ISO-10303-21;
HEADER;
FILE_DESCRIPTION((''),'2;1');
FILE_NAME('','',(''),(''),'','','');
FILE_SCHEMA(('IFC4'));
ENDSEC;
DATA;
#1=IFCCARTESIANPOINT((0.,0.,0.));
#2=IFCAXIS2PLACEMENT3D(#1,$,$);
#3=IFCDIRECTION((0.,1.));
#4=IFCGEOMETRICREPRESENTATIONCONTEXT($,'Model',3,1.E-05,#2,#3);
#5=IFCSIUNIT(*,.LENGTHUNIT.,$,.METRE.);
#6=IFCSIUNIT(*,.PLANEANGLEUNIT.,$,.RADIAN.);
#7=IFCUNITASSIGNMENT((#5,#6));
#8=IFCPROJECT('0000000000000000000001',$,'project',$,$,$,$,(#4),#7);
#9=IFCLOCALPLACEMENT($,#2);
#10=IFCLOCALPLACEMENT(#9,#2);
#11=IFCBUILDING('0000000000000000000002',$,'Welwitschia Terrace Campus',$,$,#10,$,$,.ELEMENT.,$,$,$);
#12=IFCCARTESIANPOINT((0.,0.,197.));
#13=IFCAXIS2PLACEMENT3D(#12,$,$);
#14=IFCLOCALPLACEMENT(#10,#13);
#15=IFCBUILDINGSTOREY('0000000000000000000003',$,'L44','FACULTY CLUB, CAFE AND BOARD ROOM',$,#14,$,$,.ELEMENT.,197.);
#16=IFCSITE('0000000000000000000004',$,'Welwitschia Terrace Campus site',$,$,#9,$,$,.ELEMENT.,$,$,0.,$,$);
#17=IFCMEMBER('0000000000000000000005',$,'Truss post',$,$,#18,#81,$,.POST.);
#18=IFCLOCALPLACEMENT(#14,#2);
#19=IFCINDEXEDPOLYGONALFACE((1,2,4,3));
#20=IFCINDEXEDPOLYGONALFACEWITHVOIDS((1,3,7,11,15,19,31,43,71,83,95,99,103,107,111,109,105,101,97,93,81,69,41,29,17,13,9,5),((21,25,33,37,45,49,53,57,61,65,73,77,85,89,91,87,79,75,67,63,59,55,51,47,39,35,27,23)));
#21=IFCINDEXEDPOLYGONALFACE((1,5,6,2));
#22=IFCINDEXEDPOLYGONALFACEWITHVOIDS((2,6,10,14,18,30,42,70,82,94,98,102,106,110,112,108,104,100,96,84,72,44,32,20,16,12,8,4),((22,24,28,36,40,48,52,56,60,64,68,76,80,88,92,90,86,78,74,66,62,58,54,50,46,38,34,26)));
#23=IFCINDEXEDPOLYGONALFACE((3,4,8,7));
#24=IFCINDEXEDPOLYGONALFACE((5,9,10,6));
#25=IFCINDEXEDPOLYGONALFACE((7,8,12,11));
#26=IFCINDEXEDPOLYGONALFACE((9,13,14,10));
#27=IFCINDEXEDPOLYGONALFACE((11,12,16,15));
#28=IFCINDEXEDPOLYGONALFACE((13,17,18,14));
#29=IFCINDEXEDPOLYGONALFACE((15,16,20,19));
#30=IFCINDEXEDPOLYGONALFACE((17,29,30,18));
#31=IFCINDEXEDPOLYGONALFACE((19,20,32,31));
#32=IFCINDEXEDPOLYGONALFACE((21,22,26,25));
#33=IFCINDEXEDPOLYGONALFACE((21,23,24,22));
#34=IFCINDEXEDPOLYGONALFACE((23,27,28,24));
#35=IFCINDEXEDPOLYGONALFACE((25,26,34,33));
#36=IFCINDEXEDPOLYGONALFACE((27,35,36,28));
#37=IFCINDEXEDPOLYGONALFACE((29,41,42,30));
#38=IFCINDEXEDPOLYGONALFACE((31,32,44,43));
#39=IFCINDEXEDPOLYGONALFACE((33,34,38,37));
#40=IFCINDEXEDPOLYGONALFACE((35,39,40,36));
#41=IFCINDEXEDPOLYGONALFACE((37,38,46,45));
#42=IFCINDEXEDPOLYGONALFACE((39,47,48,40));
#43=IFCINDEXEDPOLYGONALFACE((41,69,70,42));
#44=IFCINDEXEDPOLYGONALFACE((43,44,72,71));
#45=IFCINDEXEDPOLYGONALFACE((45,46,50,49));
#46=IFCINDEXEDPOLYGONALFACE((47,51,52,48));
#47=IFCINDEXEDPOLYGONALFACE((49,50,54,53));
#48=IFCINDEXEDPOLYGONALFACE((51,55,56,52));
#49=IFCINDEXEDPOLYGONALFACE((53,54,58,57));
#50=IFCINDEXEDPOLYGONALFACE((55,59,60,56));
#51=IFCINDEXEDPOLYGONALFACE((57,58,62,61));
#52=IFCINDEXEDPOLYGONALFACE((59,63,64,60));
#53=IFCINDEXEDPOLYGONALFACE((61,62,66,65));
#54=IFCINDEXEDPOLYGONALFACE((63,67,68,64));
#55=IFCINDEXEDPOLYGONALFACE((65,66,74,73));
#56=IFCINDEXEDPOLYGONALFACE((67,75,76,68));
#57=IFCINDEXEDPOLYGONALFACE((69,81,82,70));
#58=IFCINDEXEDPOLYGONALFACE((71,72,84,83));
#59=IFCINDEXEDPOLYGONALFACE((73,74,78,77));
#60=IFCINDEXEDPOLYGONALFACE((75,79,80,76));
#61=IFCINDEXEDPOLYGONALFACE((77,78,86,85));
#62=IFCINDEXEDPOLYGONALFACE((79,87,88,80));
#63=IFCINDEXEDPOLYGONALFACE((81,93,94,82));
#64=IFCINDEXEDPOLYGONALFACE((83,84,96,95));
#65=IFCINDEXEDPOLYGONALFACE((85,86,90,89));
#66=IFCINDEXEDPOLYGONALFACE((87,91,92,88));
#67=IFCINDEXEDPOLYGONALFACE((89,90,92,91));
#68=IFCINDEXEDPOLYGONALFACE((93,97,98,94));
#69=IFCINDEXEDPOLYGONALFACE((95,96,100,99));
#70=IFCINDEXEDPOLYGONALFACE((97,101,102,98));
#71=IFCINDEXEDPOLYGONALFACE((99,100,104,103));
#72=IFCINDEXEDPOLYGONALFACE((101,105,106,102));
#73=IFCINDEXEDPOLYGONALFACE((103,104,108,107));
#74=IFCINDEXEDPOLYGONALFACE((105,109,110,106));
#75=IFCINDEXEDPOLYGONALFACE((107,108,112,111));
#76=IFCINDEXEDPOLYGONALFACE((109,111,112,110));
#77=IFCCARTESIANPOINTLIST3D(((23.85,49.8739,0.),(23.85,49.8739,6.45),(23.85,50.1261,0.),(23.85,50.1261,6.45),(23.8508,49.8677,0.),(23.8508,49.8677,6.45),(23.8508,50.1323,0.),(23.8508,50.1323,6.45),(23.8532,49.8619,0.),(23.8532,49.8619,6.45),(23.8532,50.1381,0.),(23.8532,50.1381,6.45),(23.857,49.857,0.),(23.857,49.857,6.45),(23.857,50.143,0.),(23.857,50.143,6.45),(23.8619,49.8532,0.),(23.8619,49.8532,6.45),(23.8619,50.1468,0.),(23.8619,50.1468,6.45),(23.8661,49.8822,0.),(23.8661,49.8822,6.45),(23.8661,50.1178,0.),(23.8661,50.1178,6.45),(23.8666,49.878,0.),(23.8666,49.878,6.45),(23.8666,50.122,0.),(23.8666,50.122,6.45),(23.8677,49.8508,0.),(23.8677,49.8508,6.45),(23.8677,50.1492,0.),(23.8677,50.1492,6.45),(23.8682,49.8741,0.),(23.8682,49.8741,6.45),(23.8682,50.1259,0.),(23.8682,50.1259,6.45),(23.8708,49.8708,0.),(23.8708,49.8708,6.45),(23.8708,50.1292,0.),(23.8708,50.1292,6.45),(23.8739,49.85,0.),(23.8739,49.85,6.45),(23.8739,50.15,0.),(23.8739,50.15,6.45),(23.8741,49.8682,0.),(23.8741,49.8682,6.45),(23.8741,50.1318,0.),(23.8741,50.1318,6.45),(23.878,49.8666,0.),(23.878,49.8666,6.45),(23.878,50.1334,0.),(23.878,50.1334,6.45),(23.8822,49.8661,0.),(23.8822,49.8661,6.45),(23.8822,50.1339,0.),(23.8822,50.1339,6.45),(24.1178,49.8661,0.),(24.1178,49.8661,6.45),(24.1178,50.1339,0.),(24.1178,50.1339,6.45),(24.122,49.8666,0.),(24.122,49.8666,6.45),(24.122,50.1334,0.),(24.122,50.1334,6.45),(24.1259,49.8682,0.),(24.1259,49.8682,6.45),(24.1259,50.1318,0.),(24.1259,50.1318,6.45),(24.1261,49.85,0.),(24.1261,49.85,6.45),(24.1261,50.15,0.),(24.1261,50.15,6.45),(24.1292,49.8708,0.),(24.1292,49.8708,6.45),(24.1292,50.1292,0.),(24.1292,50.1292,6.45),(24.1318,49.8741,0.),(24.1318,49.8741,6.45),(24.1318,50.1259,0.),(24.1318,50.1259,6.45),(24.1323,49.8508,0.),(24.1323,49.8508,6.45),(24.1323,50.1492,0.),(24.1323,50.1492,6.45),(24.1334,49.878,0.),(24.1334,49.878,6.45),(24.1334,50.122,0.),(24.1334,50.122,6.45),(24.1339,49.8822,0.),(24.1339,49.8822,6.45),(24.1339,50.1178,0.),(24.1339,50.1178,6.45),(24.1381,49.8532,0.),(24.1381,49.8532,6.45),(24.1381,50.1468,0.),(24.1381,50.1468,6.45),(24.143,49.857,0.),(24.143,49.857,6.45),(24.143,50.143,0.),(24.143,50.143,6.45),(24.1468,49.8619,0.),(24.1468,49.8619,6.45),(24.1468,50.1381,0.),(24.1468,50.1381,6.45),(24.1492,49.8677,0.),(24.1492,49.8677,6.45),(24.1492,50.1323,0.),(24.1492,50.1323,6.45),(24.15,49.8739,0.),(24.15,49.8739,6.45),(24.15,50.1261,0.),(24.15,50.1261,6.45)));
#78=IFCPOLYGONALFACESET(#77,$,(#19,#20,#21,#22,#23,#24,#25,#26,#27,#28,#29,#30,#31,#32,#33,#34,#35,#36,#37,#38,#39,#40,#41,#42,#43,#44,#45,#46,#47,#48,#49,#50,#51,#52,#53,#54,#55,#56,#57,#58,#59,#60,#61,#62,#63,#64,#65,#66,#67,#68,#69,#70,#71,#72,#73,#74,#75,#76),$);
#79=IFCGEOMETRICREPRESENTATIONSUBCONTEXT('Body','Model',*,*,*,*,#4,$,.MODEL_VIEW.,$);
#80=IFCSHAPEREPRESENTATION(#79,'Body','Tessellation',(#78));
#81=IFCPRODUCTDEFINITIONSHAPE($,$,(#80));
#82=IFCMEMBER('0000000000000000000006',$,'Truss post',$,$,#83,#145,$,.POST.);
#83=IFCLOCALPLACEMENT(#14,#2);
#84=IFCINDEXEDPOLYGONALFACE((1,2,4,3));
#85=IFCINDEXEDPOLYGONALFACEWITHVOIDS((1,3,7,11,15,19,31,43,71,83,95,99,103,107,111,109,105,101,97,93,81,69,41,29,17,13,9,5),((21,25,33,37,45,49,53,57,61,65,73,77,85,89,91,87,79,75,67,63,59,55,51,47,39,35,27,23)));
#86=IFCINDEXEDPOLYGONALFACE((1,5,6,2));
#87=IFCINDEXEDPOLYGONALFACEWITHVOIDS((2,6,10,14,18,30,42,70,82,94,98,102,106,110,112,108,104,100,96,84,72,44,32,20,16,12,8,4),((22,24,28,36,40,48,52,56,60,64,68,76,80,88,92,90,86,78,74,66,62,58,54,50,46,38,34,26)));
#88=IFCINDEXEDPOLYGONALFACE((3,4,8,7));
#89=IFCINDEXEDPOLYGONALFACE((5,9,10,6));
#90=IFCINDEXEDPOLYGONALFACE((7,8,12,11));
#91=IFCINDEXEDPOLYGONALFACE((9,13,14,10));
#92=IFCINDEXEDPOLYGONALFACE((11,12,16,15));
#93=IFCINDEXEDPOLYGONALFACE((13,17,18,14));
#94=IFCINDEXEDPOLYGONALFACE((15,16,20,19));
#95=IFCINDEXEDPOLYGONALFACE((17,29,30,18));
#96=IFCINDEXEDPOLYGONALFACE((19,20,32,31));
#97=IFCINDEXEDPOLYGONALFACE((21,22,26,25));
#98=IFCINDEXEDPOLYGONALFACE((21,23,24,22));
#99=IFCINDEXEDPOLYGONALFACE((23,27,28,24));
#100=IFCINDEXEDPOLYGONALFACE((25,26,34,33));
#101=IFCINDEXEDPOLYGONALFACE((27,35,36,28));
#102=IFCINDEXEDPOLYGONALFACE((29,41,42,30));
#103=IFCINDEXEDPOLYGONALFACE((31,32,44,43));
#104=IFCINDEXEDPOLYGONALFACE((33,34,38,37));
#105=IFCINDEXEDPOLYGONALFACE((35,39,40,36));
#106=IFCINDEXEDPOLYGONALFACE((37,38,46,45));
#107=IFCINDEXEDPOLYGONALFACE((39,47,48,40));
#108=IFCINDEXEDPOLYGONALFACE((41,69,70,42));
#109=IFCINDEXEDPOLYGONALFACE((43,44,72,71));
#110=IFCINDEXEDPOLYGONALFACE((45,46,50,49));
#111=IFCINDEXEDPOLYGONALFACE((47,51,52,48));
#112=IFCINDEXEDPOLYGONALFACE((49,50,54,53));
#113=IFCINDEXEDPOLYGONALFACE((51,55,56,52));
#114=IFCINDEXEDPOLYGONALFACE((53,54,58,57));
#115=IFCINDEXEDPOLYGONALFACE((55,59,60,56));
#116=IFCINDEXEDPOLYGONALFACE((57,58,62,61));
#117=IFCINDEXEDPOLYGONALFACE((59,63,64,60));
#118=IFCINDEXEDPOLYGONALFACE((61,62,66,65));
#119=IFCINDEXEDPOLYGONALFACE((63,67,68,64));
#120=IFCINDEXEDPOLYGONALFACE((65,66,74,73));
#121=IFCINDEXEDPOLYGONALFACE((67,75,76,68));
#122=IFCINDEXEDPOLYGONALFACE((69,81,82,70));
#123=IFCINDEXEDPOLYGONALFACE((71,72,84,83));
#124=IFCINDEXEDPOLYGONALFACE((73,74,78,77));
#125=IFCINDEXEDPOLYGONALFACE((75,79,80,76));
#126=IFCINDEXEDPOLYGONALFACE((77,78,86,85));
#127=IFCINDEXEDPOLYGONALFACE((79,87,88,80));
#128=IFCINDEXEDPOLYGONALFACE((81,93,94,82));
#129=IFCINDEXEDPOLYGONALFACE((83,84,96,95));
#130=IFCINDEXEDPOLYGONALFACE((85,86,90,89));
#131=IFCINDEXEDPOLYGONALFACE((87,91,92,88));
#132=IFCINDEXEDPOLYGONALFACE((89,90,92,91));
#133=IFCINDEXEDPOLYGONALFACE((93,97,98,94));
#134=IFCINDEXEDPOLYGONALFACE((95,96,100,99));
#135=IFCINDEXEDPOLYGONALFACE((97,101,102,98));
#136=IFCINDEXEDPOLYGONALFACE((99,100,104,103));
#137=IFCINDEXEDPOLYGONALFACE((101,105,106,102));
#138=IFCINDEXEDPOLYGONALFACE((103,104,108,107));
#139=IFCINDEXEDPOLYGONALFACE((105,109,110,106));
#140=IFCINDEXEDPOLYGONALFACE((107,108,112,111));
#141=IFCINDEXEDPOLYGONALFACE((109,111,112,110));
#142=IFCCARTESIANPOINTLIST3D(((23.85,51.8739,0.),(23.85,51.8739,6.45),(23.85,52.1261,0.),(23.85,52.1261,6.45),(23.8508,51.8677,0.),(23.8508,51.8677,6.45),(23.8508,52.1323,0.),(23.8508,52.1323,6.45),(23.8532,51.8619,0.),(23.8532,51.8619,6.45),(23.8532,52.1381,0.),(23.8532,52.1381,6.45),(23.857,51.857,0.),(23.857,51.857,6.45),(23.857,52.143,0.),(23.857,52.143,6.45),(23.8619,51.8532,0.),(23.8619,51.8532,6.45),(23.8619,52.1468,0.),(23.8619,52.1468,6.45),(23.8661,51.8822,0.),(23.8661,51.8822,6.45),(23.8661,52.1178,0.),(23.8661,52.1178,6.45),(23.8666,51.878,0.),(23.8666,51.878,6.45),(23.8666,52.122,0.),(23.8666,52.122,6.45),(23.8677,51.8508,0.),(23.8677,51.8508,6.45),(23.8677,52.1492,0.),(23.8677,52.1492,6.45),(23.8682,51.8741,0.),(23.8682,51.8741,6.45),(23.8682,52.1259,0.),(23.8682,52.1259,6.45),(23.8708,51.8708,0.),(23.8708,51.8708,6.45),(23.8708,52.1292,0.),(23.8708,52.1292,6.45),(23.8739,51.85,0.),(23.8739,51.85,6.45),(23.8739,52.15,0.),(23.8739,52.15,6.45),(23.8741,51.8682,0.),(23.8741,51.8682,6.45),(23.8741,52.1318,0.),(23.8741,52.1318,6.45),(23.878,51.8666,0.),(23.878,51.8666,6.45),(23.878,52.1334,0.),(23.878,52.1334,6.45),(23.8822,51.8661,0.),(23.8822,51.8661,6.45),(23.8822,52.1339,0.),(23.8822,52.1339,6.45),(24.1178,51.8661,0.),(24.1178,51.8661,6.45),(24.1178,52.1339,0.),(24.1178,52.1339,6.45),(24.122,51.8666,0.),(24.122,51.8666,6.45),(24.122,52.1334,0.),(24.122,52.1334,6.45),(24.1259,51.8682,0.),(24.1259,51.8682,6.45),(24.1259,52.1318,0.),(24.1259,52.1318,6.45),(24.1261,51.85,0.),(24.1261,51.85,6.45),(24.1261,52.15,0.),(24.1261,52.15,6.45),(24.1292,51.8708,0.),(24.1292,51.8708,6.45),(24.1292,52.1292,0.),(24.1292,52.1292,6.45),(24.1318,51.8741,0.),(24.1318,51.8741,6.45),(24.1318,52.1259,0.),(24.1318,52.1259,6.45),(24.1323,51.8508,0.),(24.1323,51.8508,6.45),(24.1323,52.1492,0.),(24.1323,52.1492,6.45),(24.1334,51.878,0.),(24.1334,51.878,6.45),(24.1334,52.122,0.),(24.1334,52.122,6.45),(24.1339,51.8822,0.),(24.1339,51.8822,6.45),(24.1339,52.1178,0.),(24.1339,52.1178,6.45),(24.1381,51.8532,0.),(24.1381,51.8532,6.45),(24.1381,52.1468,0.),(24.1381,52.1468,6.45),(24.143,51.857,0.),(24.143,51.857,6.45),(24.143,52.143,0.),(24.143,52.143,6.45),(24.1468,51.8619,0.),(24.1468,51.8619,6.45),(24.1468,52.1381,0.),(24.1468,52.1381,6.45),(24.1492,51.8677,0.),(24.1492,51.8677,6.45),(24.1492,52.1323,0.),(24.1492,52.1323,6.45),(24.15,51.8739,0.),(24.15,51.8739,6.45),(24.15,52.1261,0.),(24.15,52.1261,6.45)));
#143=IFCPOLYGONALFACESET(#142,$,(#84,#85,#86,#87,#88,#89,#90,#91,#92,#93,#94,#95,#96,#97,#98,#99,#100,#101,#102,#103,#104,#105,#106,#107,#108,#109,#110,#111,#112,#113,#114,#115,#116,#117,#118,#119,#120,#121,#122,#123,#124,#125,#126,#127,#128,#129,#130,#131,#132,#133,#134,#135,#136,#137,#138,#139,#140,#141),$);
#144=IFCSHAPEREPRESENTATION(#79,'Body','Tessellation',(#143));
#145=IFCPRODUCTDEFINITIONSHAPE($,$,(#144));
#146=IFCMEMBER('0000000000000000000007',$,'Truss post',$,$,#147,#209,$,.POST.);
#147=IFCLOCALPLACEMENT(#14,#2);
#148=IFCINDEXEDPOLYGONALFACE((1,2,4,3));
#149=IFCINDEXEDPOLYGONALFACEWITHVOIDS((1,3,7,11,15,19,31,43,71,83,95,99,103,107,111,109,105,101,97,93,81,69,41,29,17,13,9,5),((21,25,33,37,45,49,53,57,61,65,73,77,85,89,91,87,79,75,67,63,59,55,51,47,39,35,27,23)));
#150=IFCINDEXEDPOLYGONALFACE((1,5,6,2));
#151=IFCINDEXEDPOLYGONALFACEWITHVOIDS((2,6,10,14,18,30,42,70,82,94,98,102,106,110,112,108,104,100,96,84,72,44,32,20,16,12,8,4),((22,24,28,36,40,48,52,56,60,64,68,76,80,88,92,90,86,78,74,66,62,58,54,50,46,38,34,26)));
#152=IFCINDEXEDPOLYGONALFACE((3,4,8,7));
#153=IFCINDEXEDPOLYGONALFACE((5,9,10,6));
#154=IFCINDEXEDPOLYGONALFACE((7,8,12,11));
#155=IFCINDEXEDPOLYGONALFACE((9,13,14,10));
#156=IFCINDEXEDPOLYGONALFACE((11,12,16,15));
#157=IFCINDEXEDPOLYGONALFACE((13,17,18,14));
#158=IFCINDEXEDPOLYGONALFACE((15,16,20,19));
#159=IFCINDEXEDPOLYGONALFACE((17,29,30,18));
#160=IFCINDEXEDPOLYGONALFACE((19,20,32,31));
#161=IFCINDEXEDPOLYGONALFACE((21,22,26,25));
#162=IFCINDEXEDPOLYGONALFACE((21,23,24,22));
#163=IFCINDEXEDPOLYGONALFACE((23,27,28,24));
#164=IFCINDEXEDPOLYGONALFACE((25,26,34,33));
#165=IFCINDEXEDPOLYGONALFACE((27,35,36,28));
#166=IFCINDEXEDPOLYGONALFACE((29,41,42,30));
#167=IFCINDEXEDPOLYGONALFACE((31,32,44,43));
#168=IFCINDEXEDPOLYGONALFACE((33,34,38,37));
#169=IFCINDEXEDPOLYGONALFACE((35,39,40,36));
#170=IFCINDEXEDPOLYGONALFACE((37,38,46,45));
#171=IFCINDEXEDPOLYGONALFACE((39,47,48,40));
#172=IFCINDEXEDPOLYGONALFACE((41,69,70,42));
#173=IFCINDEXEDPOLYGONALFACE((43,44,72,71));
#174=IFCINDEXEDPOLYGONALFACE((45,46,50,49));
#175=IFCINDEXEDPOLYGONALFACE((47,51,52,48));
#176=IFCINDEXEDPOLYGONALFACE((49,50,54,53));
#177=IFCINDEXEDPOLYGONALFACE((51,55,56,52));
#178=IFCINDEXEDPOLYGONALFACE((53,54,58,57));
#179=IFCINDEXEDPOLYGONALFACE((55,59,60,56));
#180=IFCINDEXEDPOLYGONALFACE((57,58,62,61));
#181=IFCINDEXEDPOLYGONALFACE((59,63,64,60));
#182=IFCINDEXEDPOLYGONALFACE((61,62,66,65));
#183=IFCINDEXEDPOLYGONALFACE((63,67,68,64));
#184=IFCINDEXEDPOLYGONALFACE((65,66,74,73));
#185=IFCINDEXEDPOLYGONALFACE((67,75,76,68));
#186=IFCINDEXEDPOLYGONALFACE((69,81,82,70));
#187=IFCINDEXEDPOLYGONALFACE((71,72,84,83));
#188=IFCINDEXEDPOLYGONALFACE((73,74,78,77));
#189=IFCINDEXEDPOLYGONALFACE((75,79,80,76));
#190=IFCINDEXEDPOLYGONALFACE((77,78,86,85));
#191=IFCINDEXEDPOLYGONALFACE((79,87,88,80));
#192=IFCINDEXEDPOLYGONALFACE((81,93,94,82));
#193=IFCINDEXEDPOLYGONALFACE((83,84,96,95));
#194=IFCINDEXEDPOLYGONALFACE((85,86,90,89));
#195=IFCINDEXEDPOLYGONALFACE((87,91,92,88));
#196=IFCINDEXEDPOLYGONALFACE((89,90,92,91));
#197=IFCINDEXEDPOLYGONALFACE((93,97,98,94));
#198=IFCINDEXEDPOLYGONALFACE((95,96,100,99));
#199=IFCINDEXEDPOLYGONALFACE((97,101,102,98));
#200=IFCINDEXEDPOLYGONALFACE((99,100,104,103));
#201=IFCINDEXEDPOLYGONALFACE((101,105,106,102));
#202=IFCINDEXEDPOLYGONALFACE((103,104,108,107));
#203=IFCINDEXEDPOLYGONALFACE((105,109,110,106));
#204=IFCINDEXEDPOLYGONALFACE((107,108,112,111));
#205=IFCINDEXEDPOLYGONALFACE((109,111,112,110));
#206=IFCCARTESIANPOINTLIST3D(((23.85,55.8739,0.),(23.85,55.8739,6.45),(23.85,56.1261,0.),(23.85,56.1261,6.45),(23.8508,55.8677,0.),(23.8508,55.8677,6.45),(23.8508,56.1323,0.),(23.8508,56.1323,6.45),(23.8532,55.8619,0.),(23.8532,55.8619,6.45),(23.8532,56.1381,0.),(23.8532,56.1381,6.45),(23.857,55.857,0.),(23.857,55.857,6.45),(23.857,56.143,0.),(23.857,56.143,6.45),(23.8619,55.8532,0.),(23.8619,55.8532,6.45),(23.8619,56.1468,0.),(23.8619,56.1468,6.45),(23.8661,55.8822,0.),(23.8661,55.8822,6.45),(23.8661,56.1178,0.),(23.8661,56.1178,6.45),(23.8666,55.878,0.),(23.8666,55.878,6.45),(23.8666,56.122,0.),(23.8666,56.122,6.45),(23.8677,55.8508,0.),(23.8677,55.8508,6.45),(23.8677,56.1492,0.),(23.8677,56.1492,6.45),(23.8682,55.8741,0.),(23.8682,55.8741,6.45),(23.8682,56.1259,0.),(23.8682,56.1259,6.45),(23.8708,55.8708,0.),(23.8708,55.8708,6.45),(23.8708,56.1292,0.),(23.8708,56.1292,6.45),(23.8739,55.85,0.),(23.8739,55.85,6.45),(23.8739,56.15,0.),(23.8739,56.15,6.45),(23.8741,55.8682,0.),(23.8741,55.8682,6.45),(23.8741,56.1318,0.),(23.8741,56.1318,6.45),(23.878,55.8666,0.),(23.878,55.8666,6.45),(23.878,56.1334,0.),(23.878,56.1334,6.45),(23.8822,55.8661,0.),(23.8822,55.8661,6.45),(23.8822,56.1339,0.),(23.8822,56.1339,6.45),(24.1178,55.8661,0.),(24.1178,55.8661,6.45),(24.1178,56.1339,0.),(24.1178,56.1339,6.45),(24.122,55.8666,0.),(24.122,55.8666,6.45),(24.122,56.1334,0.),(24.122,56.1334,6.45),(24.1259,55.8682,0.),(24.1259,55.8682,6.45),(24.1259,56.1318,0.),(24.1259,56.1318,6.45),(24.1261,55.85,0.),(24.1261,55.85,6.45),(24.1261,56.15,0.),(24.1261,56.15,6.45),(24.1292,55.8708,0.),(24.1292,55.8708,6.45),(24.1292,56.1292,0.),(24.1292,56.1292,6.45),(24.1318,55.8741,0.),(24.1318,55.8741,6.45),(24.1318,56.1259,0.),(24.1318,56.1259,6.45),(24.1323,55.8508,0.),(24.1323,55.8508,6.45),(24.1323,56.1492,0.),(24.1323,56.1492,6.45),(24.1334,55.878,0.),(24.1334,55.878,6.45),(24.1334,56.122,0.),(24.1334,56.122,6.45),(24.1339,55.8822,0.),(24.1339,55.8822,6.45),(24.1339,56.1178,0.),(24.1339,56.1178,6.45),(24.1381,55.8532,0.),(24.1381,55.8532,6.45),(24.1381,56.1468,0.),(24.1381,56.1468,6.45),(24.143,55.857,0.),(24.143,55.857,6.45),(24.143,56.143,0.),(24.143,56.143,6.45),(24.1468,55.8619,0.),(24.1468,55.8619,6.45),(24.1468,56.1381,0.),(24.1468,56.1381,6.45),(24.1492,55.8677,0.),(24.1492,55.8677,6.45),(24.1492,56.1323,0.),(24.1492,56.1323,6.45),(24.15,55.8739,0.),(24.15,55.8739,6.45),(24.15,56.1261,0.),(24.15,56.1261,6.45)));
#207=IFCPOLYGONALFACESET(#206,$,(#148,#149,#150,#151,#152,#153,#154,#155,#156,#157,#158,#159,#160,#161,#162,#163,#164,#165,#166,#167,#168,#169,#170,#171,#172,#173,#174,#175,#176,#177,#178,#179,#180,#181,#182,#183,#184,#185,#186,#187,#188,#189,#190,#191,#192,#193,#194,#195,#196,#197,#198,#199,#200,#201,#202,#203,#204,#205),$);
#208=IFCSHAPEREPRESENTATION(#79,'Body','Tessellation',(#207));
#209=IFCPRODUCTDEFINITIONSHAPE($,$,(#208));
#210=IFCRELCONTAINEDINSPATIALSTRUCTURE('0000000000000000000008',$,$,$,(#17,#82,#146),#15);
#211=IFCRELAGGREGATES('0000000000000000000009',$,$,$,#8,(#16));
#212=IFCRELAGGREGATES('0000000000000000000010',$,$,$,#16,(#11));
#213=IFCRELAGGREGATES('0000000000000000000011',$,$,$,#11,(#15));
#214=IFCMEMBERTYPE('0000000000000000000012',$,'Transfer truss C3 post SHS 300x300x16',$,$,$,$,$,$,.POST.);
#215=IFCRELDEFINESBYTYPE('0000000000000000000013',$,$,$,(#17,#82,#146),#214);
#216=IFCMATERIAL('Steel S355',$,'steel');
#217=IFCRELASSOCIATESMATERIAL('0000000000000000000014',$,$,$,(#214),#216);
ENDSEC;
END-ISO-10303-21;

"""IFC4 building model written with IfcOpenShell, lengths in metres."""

from ifc_helpers import new_model, si_unit, direction, frame, origin, origin_2d, place, context, subcontext, project, spatial, hollow_rectangle, extrude, material, material_profile, profile_set, type_object, element, save


model = new_model("IFC4")

# Units and contexts
model_context = context("Model", 3, precision=1e-05, world=origin(), true_north=direction((0.0, 1.0)))
body_context = subcontext(model_context, "Body", "Model", "MODEL_VIEW")
ifc_project = project(units=[si_unit("LENGTHUNIT", "METRE"), si_unit("PLANEANGLEUNIT", "RADIAN")], contexts=[model_context])

# Site, building, storey
site_placement = place(None, origin())
site = spatial("IfcSite", under=ifc_project, at=site_placement, Name="Welwitschia Terrace Campus site", CompositionType="ELEMENT", RefElevation=0.0)
building_placement = place(site_placement, origin())
building = spatial("IfcBuilding", under=site, at=building_placement, Name="Welwitschia Terrace Campus", CompositionType="ELEMENT")
storey_placement = place(building_placement, frame((0.0, 0.0, 197.0)))
storey = spatial("IfcBuildingStorey", under=building, at=storey_placement, Name="L44", Description="FACULTY CLUB, CAFE AND BOARD ROOM", CompositionType="ELEMENT", Elevation=197.0)

# Members
ifc_material_1 = material(Name="Steel S355", Category="steel")
ifc_material_profile_1 = material_profile(ifc_material_1, hollow_rectangle(XDim=0.3, YDim=0.3, WallThickness=0.0161, InnerFilletRadius=0.0161, OuterFilletRadius=0.0239, at=origin_2d()))
ifc_profile_set_1 = profile_set([ifc_material_profile_1], Name="Steel S355")
member_type_1 = type_object("IfcMemberType", Name="Transfer truss C3 post SHS 300x300x16", PredefinedType="POST", material=ifc_profile_set_1)
for number, where, z_axis, x_axis, name in (
    (1, (24.0, 50.0, 0.0), (0.0, 0.0, 1.0), (1.0, 0.0, 0.0), "Truss post"),
    (2, (24.0, 52.0, 0.0), (0.0, 0.0, 1.0), (1.0, 0.0, 0.0), "Truss post"),
    (3, (24.0, 56.0, 0.0), (0.0, 0.0, 1.0), (1.0, 0.0, 0.0), "Truss post"),
):
    element("IfcMember", number, at=place(storey_placement, frame(where, z_axis=z_axis, x_axis=x_axis)), inside=storey, type_object=member_type_1, Name=name, PredefinedType="POST", context=body_context, shape_type="SweptSolid", body=[
        extrude(hollow_rectangle(XDim=0.3, YDim=0.3, WallThickness=0.0161, InnerFilletRadius=0.0161, OuterFilletRadius=0.0239, at=origin_2d()), origin(), (0.0, 0.0, 1.0), 6.45),
    ])

save(model, "model.ifc")
